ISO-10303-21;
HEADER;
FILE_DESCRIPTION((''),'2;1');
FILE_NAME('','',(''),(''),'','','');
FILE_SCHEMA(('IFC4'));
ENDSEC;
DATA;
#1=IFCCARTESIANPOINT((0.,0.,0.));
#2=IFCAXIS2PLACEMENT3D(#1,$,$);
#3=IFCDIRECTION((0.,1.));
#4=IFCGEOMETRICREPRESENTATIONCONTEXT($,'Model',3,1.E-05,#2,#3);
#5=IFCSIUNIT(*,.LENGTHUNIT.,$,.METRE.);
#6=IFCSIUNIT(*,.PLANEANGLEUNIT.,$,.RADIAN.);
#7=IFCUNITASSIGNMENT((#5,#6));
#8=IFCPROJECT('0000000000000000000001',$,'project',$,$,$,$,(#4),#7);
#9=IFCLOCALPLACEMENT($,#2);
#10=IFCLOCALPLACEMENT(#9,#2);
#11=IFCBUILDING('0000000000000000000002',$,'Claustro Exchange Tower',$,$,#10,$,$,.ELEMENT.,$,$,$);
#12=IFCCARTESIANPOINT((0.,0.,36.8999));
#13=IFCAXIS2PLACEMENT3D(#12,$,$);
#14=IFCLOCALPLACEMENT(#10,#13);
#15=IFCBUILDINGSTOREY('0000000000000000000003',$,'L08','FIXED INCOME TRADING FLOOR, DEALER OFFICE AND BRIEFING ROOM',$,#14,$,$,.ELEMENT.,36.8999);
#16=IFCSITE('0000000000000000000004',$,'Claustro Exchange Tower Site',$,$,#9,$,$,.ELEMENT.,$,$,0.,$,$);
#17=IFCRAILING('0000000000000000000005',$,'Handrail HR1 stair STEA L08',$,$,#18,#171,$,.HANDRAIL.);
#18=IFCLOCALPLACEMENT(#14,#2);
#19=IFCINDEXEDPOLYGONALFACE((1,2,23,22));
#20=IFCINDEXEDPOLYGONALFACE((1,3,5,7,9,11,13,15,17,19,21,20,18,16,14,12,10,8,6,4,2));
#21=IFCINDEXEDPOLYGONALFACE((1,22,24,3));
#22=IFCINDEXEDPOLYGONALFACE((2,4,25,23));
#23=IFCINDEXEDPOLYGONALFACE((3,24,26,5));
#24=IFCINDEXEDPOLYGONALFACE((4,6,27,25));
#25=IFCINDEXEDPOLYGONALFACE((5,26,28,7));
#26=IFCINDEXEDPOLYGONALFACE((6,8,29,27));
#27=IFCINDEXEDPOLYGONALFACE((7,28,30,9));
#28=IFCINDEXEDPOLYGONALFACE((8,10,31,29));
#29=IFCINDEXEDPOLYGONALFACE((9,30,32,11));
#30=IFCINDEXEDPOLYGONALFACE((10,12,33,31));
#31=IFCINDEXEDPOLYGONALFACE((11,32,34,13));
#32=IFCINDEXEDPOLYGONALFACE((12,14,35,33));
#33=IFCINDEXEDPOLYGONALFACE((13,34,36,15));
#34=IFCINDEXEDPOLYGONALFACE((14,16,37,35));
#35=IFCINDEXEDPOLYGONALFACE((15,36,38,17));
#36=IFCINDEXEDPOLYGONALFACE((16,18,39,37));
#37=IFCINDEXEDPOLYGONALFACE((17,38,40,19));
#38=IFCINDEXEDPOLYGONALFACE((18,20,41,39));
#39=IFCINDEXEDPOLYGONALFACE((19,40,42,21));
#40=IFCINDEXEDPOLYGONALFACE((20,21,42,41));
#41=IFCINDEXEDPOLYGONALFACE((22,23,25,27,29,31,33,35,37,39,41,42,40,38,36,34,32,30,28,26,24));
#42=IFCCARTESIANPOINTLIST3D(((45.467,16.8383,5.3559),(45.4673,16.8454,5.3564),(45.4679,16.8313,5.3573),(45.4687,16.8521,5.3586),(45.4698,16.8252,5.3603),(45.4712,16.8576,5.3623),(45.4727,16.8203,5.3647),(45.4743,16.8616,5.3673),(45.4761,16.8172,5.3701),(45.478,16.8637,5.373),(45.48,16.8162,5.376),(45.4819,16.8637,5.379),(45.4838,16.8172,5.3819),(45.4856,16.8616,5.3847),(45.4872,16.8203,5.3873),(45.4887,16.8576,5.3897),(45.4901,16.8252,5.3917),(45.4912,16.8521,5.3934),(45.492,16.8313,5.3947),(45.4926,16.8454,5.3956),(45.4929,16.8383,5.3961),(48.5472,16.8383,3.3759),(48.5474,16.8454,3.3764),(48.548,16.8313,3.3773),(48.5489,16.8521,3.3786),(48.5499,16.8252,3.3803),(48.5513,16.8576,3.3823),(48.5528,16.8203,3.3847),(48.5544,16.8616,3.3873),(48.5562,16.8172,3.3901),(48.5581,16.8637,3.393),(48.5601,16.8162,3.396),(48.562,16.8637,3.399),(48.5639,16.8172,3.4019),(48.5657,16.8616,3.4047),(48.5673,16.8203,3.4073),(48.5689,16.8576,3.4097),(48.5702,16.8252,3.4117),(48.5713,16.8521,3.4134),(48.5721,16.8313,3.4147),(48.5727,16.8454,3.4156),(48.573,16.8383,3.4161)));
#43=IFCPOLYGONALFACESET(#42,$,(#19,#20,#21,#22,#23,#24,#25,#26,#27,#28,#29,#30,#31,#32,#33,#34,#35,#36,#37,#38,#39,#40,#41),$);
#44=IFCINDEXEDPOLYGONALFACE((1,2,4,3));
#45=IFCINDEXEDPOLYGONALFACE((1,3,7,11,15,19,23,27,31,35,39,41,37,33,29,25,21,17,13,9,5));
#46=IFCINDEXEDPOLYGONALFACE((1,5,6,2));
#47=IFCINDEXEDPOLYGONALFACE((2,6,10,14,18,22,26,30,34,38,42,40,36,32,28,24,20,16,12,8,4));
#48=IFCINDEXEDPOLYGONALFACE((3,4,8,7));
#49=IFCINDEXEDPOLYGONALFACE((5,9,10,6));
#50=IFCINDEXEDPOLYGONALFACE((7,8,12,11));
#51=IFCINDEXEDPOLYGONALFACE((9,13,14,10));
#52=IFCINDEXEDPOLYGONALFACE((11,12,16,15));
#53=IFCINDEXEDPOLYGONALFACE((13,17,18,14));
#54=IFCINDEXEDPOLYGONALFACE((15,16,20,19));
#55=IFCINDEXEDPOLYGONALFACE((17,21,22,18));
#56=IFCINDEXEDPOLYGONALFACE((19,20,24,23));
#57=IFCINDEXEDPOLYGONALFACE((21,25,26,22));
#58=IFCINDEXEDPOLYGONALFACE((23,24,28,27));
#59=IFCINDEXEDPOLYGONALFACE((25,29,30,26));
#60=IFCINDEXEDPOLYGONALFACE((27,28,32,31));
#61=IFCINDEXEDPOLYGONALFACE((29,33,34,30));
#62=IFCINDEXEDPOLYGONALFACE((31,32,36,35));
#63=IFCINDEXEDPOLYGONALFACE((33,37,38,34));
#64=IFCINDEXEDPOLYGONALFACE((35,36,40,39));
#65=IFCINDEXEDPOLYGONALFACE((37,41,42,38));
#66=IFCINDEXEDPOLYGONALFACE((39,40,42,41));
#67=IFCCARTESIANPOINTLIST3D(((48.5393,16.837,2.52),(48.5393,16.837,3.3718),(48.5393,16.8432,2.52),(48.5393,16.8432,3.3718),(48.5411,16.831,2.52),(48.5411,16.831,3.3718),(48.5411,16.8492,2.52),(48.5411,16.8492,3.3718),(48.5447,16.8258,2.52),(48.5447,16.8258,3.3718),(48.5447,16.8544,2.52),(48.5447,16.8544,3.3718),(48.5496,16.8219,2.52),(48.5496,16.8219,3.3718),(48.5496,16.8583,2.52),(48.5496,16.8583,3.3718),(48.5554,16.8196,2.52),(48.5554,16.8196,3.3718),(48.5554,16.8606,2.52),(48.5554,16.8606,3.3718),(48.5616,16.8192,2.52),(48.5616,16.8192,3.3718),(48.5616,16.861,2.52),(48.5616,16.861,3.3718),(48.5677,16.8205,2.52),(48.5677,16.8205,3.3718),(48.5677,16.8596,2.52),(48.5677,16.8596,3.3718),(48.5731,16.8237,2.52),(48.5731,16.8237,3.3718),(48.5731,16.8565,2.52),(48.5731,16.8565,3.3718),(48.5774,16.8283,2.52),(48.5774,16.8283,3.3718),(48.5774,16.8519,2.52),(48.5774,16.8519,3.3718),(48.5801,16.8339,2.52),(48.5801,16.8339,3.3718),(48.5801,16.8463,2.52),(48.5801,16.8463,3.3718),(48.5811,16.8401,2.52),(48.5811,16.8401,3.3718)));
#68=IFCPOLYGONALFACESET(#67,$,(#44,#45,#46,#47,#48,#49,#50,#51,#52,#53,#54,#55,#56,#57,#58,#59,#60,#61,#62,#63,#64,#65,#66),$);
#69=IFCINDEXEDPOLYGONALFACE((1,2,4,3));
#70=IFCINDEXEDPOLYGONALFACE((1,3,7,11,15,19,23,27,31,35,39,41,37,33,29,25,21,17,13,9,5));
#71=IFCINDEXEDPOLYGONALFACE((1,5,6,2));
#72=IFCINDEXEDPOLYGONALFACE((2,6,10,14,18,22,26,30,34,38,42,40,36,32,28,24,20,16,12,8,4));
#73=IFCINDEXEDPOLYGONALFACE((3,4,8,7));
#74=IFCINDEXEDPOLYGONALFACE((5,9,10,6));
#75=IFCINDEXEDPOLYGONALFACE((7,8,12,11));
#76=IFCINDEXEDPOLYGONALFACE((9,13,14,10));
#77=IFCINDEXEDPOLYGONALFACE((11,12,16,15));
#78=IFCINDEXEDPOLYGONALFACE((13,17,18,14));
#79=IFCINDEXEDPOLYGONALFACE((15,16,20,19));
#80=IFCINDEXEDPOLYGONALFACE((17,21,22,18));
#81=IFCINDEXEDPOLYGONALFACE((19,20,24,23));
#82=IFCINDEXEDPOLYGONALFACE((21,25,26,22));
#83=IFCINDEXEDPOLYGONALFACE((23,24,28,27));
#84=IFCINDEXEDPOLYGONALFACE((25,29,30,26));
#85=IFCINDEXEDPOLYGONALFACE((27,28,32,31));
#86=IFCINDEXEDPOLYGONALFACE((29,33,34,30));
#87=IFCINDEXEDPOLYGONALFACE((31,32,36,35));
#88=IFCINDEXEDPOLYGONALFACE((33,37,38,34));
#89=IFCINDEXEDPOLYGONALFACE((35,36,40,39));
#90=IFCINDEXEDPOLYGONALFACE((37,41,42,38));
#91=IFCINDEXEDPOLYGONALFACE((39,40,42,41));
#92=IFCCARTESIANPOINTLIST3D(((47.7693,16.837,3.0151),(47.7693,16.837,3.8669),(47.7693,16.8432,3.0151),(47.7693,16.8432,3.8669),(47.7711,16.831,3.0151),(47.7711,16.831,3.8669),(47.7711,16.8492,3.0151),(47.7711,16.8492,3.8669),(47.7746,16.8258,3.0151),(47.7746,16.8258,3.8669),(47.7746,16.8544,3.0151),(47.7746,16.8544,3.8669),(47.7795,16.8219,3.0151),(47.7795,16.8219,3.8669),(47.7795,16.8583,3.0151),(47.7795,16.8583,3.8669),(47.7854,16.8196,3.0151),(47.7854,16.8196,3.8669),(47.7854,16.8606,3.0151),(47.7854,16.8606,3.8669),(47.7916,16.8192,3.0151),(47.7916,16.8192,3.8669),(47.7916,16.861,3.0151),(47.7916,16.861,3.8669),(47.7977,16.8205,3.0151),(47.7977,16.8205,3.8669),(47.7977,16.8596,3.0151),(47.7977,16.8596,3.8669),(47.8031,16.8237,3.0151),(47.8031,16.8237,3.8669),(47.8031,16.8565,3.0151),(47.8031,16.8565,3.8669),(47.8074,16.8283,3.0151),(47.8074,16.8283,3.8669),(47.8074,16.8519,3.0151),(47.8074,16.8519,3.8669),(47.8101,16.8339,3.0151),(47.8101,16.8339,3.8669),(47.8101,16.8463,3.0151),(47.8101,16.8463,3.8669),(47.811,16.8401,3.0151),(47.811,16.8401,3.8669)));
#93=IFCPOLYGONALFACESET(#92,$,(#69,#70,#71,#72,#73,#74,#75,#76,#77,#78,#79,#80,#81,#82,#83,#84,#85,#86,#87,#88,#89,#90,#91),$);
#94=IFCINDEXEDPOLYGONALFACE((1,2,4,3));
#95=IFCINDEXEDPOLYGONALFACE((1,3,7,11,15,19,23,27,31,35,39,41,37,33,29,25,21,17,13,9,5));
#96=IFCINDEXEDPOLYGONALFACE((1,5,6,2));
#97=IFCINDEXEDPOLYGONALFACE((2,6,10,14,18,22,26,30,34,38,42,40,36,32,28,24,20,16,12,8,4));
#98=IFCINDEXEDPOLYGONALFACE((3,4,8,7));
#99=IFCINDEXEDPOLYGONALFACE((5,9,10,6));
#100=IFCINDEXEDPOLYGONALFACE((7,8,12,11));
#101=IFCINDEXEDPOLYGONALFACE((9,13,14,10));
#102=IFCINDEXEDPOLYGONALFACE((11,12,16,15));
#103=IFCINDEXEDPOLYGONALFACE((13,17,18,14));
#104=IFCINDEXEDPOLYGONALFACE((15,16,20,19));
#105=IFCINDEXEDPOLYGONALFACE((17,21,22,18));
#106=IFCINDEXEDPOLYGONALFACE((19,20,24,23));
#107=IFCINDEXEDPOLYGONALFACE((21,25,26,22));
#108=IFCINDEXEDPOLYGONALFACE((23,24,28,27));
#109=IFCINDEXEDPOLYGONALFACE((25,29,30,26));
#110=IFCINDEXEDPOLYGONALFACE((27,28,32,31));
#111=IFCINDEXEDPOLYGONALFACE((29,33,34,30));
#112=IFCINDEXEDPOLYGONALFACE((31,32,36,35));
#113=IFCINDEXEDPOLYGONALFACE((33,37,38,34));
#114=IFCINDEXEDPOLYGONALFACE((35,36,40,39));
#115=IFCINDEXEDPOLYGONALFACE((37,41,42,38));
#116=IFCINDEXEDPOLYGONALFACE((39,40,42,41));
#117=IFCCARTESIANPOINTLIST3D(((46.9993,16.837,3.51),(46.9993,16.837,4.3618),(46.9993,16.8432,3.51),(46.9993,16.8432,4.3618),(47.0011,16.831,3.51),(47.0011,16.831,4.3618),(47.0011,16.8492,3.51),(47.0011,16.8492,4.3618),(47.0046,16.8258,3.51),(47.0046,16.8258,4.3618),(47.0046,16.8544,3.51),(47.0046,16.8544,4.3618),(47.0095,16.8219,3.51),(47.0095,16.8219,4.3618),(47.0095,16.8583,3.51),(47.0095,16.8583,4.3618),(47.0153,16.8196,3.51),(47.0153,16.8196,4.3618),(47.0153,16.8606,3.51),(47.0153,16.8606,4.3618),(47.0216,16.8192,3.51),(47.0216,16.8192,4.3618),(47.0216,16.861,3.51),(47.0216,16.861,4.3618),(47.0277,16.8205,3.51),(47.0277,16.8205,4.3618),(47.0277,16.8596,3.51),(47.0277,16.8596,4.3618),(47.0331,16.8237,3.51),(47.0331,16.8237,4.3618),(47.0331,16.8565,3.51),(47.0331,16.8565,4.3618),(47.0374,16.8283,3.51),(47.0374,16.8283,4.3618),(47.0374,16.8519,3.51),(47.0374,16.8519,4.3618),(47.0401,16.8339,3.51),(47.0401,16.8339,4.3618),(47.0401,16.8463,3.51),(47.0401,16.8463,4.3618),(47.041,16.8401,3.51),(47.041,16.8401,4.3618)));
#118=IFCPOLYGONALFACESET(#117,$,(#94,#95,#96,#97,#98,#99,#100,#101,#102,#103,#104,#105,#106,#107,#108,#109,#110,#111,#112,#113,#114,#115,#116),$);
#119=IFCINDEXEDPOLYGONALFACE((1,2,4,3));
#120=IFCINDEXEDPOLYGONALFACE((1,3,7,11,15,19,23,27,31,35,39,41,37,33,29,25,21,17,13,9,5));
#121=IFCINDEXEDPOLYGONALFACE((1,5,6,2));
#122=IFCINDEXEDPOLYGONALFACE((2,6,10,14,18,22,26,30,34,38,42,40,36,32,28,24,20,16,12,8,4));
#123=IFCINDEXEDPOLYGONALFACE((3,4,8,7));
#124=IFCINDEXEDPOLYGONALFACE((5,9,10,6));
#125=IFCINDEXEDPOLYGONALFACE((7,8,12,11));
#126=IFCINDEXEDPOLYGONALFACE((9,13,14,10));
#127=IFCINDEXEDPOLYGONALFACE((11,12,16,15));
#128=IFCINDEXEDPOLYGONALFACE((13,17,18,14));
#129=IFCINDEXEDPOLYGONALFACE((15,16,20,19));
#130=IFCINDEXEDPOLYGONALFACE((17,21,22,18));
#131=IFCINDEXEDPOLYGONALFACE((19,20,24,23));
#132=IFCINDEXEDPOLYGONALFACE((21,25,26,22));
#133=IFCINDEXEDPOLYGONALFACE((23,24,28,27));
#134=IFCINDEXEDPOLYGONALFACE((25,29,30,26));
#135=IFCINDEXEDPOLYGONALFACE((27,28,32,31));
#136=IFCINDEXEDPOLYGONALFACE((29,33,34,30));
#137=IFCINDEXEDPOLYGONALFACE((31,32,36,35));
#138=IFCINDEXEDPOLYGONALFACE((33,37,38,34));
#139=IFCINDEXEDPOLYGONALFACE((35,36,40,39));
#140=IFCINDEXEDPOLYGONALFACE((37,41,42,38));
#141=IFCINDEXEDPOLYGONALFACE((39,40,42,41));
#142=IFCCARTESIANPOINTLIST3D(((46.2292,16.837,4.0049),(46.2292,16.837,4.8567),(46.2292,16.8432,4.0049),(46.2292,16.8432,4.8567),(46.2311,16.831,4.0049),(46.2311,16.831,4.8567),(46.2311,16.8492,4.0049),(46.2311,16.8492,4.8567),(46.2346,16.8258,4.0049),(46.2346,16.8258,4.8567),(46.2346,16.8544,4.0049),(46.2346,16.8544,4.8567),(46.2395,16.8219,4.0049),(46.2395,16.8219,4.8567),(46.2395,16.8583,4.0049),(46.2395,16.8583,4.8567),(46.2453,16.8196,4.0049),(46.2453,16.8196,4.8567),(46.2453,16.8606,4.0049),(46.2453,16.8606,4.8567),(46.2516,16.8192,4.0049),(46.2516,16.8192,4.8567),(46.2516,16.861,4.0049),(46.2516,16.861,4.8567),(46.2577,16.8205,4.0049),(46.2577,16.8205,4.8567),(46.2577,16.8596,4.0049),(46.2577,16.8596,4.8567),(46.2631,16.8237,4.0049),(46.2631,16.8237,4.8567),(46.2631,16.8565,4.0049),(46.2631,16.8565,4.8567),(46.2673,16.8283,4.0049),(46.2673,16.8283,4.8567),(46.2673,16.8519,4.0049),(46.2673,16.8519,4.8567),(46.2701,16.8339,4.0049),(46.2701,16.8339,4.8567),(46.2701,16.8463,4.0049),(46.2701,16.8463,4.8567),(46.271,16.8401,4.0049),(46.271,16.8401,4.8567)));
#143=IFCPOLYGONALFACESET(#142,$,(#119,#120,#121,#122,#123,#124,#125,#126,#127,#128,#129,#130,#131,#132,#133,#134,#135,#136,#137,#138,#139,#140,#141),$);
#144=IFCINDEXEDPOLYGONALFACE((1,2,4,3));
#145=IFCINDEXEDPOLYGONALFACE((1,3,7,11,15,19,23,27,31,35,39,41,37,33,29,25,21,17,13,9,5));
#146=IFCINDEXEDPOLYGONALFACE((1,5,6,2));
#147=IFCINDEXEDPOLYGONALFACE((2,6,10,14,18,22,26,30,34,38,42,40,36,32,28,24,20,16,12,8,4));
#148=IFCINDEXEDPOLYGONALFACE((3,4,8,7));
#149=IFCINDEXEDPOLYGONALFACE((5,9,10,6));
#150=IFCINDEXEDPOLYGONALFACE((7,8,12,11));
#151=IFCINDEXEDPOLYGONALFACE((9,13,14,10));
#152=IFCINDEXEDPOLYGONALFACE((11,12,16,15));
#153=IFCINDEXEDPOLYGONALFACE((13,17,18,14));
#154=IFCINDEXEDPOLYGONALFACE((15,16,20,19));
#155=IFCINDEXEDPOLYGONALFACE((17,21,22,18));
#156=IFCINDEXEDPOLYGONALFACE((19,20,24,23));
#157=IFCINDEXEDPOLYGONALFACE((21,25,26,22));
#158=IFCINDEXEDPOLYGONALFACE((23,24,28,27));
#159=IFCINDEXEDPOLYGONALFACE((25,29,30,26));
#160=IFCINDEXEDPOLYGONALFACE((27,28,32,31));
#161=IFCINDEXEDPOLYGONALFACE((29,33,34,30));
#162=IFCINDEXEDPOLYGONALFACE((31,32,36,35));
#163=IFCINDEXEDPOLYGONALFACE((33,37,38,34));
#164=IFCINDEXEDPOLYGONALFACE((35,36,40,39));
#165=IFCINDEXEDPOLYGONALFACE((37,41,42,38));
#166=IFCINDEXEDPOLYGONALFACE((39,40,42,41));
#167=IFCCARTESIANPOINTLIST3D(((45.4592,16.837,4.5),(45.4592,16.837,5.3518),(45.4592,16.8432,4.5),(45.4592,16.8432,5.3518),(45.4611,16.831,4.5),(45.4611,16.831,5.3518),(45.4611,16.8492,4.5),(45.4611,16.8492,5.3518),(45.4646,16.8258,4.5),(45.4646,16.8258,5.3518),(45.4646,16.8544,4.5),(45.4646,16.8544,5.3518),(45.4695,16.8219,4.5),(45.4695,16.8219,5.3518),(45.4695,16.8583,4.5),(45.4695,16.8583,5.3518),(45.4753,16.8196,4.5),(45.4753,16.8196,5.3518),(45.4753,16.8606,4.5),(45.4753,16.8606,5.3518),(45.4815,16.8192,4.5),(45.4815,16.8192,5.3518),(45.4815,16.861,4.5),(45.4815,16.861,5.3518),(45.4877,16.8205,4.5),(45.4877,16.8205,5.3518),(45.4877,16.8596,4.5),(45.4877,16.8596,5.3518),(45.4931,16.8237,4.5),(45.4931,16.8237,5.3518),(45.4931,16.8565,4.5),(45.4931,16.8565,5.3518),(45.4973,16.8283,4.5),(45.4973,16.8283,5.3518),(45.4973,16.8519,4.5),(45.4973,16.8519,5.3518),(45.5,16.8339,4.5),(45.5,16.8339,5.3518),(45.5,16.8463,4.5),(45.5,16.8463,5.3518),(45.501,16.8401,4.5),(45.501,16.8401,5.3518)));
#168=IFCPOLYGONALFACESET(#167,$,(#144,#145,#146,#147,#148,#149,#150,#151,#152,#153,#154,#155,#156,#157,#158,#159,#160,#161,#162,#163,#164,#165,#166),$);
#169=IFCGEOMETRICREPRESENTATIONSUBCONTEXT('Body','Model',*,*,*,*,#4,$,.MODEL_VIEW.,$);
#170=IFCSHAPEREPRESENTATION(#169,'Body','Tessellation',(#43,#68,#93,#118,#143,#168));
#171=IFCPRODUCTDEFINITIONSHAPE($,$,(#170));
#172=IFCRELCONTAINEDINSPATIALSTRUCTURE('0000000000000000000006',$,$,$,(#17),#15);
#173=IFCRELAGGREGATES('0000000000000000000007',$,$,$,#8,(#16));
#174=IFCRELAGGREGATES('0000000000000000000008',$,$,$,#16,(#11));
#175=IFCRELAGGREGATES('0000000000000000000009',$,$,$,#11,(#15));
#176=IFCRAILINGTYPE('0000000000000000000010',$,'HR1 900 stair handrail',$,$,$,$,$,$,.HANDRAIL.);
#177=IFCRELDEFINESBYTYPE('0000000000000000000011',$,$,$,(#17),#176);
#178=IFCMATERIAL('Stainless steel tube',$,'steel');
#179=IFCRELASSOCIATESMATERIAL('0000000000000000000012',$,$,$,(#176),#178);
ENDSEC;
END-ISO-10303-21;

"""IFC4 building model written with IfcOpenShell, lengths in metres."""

from ifc_helpers import new_model, si_unit, direction, frame, origin, origin_2d, place, context, subcontext, project, spatial, circle, extrude, material, type_object, element, save


model = new_model("IFC4")

# Units and contexts
model_context = context("Model", 3, precision=1e-05, world=origin(), true_north=direction((0.0, 1.0)))
body_context = subcontext(model_context, "Body", "Model", "MODEL_VIEW")
ifc_project = project(units=[si_unit("LENGTHUNIT", "METRE"), si_unit("PLANEANGLEUNIT", "RADIAN")], contexts=[model_context])

# Site, building, storey
site_placement = place(None, origin())
site = spatial("IfcSite", under=ifc_project, at=site_placement, Name="Claustro Exchange Tower Site", CompositionType="ELEMENT", RefElevation=0.0)
building_placement = place(site_placement, origin())
building = spatial("IfcBuilding", under=site, at=building_placement, Name="Claustro Exchange Tower", CompositionType="ELEMENT")
storey_placement = place(building_placement, frame((0.0, 0.0, 36.8999)))
storey = spatial("IfcBuildingStorey", under=building, at=storey_placement, Name="L08", Description="FIXED INCOME TRADING FLOOR, DEALER OFFICE AND BRIEFING ROOM", CompositionType="ELEMENT", Elevation=36.8999)

# Railing
ifc_material_1 = material(Name="Stainless steel tube", Category="steel")
railing_type_1 = type_object("IfcRailingType", Name="HR1 900 stair handrail", PredefinedType="HANDRAIL", material=ifc_material_1)
railing_1_placement = place(storey_placement, frame((48.5601, 16.8401, 2.52)))
element("IfcRailing", 1, at=railing_1_placement, inside=storey, type_object=railing_type_1, Name="Handrail HR1 stair STEA L08", PredefinedType="HANDRAIL", context=body_context, shape_type="SweptSolid", body=[
    extrude(circle(Radius=0.0239, at=origin_2d()), frame((0.0, 0.0, 0.876), z_axis=(-0.841187, 0.0, 0.540744), x_axis=(0.0, -1.0, 0.0)), (0.0, 0.0, 1.0), 3.6616),
    extrude(circle(Radius=0.021, at=origin_2d()), origin(), (0.0, 0.0, 1.0), 0.8518),
    extrude(circle(Radius=0.021, at=origin_2d()), frame((-0.77, 0.0, 0.4951)), (0.0, 0.0, 1.0), 0.8518),
    extrude(circle(Radius=0.021, at=origin_2d()), frame((-1.54, 0.0, 0.99)), (0.0, 0.0, 1.0), 0.8518),
    extrude(circle(Radius=0.021, at=origin_2d()), frame((-2.3101, 0.0, 1.4849)), (0.0, 0.0, 1.0), 0.8518),
    extrude(circle(Radius=0.021, at=origin_2d()), frame((-3.0801, 0.0, 1.98)), (0.0, 0.0, 1.0), 0.8518),
])

save(model, "model.ifc")
